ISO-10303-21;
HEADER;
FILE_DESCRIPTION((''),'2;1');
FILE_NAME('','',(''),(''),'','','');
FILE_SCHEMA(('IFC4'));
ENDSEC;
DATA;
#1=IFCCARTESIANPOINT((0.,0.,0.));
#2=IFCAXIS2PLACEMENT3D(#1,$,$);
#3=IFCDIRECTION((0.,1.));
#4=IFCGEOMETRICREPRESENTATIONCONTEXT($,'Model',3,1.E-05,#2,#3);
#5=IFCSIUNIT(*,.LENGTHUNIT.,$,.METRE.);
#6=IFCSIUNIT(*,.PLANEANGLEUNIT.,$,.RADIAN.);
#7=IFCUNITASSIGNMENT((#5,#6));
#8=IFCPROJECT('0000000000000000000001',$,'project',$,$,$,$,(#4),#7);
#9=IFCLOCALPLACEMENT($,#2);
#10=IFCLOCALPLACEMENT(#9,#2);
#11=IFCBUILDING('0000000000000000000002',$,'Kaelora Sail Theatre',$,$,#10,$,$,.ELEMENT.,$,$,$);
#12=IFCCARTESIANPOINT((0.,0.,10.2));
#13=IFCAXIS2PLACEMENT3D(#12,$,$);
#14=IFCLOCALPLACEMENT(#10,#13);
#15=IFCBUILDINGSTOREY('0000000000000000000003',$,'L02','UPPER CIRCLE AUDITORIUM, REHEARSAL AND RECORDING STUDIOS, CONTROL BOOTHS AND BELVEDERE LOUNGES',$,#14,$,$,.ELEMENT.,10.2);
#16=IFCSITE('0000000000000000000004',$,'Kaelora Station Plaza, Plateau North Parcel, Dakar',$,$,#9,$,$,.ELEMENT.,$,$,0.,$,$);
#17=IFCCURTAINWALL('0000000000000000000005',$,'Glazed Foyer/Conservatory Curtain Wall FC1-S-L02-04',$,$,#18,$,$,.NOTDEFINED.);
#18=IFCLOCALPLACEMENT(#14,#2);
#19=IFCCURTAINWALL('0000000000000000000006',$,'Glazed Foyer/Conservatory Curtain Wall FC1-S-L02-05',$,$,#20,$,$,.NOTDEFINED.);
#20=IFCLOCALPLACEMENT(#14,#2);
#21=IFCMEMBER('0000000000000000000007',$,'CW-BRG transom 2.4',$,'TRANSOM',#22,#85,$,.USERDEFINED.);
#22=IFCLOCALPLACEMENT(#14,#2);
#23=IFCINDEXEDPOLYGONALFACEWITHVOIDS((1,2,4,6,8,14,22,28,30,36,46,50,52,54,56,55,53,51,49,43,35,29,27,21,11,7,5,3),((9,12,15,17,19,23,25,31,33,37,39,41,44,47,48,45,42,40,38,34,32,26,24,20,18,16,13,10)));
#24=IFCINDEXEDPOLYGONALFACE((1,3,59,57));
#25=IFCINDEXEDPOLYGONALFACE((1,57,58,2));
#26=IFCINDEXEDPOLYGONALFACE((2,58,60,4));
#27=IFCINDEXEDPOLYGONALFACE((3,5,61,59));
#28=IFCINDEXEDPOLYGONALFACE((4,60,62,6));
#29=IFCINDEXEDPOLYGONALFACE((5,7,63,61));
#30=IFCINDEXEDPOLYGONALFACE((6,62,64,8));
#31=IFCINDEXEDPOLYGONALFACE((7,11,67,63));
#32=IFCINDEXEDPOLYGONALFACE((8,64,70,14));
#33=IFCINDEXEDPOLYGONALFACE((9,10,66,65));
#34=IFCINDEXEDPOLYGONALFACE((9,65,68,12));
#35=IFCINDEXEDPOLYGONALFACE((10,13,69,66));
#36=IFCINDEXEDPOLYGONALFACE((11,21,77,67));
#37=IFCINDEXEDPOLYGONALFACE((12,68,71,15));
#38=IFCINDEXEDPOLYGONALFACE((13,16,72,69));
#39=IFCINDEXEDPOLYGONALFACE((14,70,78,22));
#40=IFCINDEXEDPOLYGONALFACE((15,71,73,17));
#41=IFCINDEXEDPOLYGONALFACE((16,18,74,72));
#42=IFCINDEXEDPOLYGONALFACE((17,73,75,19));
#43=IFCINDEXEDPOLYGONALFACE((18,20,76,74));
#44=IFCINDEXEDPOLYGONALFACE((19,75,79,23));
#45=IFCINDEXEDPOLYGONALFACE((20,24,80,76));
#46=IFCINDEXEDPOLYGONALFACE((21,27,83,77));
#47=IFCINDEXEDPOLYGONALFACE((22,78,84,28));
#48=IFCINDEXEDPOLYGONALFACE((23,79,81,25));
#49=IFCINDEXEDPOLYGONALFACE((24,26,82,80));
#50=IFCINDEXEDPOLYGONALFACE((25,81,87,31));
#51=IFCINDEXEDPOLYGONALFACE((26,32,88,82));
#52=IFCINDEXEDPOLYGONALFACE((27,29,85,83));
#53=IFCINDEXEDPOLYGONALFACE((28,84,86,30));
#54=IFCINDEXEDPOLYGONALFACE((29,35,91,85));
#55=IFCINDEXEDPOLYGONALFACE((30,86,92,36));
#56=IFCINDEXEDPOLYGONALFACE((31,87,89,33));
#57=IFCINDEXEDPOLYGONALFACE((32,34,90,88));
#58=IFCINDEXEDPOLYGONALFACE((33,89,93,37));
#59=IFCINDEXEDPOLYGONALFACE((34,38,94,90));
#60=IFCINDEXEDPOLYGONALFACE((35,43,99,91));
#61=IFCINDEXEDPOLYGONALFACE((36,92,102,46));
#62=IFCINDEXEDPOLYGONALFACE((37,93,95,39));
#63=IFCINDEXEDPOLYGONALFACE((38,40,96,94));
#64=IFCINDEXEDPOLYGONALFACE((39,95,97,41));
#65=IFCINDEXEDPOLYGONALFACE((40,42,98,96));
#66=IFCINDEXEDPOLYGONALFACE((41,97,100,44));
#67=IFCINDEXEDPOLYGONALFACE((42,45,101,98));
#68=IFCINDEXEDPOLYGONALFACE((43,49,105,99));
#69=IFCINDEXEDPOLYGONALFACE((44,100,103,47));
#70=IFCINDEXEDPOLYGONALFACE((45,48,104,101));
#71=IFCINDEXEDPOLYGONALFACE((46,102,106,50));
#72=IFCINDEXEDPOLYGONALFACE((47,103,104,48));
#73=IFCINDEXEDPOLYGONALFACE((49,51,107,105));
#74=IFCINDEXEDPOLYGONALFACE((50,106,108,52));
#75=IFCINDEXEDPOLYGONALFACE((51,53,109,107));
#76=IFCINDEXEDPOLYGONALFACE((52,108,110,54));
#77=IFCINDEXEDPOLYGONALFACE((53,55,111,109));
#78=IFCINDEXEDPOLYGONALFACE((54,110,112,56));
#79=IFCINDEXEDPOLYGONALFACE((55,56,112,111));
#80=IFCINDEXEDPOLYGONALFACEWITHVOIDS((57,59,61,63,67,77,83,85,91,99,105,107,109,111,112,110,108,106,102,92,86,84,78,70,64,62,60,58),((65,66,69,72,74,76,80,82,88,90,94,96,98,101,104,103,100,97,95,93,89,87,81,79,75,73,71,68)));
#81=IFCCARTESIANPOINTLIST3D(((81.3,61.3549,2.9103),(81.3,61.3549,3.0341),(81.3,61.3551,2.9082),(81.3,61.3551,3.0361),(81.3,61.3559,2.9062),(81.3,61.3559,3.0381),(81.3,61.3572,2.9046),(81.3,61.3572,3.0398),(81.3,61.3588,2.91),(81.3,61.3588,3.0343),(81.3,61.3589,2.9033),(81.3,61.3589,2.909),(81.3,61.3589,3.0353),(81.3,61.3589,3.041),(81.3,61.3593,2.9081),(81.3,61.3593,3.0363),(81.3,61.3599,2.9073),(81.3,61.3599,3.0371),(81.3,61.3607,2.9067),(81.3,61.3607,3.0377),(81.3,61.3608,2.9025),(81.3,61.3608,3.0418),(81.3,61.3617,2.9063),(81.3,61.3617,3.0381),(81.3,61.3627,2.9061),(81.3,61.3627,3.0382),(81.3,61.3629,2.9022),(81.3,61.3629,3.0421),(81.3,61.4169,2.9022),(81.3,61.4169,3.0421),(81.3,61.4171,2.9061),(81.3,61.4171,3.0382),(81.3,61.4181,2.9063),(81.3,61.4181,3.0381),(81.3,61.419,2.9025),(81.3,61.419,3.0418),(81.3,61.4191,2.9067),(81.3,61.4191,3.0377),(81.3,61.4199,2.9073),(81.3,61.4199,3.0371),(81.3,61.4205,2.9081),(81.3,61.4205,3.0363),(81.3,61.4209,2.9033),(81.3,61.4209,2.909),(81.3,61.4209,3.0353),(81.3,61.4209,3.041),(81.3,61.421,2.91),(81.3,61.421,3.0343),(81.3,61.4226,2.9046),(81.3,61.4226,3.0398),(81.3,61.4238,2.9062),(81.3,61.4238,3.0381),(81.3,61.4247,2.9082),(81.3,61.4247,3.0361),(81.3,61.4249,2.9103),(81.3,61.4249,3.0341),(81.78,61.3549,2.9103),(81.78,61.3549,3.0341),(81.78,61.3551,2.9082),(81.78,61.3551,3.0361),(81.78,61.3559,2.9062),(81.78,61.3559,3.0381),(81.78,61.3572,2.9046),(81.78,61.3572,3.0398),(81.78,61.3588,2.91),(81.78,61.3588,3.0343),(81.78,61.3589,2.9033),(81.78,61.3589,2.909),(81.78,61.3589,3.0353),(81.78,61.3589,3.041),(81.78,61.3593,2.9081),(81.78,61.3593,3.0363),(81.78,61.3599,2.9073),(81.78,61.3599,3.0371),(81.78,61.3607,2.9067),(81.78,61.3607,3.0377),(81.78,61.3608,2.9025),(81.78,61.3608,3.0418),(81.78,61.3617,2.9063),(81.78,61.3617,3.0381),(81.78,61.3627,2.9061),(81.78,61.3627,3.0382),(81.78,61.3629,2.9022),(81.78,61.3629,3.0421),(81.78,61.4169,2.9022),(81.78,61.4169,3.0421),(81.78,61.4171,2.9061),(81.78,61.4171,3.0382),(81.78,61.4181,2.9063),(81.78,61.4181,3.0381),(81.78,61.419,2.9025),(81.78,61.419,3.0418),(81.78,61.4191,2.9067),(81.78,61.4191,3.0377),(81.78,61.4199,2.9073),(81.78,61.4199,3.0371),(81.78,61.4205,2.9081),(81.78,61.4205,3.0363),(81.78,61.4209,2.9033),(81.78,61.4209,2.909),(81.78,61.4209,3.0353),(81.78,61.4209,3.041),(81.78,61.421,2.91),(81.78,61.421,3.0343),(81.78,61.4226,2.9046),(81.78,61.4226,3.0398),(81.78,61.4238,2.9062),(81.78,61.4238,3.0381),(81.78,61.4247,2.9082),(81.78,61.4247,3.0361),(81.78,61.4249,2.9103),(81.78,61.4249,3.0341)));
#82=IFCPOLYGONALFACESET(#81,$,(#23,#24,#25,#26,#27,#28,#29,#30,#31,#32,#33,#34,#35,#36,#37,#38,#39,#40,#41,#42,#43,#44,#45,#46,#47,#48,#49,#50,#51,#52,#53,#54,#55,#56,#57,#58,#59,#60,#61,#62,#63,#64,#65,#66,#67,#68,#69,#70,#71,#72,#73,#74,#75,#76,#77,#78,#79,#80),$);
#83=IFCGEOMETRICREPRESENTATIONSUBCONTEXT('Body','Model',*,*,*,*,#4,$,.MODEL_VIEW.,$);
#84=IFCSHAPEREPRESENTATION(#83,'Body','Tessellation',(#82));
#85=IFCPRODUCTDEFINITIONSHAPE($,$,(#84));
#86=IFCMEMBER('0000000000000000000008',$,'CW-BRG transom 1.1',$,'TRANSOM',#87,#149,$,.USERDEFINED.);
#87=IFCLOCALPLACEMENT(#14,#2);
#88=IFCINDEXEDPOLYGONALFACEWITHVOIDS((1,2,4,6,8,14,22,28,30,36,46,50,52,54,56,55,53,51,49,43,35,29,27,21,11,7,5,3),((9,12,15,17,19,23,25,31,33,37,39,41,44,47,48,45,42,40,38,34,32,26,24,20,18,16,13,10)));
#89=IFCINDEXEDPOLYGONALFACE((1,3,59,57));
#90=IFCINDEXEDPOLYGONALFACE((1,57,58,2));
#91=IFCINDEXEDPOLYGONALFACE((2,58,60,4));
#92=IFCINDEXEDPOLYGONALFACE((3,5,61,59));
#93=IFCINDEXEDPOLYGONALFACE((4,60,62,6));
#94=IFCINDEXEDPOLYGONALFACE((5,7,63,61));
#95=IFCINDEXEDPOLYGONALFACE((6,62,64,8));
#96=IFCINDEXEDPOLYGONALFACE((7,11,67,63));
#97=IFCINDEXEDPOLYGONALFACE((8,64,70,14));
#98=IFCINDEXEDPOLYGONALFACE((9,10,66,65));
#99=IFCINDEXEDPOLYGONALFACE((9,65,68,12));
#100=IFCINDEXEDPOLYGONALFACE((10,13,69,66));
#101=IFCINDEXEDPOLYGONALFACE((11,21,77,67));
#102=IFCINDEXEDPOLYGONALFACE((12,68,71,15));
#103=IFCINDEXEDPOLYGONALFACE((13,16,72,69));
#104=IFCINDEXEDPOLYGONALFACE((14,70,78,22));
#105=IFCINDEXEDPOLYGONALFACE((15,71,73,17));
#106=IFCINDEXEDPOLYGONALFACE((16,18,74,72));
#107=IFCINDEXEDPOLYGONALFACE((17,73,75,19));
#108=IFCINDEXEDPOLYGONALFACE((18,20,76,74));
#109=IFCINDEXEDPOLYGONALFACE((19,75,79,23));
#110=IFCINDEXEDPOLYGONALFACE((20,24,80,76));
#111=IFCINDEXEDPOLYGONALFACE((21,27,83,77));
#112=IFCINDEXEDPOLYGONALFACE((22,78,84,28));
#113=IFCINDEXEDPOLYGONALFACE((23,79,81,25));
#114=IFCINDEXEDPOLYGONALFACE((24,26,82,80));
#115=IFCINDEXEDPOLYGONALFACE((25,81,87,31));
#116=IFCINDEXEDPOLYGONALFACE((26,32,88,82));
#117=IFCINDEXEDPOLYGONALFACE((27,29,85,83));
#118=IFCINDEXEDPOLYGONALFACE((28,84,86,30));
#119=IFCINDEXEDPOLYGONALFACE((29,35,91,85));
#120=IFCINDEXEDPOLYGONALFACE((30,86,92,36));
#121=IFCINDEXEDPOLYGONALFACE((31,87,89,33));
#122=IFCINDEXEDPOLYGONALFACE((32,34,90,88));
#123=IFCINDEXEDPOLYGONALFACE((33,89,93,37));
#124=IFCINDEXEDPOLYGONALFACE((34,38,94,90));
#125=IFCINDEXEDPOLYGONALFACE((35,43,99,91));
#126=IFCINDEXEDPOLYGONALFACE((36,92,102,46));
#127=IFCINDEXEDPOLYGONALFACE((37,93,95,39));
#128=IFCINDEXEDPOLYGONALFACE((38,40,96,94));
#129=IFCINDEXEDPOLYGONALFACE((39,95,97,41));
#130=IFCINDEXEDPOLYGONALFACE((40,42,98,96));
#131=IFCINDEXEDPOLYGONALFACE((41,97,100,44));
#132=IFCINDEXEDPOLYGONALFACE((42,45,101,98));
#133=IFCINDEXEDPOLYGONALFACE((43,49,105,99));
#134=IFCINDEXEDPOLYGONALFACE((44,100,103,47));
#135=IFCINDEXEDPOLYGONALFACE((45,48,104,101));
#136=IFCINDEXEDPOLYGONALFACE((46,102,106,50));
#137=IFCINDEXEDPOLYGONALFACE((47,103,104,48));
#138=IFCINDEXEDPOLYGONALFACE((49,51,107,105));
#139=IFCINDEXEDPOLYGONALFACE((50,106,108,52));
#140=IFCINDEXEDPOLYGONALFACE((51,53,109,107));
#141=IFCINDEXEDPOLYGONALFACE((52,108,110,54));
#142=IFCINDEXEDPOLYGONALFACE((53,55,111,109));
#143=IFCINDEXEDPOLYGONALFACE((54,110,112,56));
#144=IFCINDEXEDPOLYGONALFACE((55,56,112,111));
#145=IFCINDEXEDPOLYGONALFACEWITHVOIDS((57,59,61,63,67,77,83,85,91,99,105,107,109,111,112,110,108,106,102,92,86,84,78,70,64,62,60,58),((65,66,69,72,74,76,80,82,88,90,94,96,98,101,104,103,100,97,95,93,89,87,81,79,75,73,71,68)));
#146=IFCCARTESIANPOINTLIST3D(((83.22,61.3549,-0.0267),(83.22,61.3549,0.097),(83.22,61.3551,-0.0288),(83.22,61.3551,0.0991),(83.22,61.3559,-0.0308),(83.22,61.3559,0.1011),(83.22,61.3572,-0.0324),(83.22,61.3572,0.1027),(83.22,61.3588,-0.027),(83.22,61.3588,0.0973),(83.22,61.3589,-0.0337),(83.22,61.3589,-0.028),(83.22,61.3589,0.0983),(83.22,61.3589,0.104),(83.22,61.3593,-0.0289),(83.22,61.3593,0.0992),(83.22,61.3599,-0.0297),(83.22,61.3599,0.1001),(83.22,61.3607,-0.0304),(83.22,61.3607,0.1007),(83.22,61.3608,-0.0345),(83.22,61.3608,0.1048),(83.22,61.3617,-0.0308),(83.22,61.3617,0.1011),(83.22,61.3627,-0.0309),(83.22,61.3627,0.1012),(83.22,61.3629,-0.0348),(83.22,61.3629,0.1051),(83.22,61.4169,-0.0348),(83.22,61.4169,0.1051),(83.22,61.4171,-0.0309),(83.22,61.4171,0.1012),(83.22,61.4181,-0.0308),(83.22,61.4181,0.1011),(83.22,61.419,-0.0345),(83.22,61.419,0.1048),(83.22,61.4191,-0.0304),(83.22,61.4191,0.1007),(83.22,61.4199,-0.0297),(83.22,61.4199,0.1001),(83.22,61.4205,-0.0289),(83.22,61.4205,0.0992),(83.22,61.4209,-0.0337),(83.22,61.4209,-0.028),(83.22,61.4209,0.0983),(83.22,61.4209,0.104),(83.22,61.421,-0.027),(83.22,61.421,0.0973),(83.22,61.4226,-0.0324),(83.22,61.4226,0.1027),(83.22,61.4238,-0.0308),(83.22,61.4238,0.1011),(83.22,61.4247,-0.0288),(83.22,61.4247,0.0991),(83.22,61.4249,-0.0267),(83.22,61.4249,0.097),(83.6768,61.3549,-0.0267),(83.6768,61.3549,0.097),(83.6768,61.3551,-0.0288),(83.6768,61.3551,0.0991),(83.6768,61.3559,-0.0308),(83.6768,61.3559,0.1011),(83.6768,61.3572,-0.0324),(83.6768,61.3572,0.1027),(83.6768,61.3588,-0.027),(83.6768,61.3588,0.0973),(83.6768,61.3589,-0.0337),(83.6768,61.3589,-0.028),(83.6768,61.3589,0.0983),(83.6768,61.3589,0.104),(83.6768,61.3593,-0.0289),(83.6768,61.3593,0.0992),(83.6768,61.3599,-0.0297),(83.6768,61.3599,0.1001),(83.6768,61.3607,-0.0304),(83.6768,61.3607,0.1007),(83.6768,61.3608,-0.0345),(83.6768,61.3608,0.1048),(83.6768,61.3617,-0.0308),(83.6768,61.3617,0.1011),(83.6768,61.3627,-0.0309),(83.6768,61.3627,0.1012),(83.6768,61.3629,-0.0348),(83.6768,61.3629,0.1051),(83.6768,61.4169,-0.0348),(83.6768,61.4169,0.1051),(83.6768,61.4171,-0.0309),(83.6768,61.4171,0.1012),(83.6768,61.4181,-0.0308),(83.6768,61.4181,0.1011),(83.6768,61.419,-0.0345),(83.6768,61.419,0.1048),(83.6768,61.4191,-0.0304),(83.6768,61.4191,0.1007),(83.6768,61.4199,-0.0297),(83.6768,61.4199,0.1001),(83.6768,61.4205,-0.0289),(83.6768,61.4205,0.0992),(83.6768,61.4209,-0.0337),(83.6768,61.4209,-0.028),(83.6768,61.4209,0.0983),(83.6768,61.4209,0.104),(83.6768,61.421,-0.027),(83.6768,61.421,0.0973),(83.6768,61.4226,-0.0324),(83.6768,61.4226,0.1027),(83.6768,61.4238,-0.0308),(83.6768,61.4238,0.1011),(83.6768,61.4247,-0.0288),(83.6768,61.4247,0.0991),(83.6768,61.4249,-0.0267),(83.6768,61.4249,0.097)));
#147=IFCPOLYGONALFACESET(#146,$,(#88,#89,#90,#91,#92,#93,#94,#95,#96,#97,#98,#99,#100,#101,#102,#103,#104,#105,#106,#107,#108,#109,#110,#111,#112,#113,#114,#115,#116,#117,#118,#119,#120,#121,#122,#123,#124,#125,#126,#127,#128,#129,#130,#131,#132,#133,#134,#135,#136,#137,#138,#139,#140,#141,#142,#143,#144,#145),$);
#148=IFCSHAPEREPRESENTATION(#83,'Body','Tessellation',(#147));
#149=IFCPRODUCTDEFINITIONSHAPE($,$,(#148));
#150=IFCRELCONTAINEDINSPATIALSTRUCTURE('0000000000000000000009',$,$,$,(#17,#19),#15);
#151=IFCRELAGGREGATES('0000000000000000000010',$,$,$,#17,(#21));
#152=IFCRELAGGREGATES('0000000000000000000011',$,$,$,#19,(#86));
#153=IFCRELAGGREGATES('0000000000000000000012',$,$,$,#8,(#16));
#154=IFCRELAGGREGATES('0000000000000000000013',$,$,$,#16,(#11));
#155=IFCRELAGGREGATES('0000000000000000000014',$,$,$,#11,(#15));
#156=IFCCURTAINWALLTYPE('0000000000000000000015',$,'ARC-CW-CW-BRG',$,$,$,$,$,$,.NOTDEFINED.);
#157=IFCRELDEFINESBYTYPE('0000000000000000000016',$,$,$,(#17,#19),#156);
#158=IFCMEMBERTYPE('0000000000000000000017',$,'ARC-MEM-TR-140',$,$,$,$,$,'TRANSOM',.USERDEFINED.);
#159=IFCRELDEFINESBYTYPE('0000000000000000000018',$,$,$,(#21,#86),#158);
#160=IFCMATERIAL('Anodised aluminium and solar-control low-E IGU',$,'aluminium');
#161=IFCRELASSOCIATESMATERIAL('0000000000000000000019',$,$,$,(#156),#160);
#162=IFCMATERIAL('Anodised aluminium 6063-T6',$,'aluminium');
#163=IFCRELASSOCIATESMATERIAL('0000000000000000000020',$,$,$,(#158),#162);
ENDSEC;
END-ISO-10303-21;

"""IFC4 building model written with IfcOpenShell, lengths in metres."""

from ifc_helpers import new_model, si_unit, direction, frame, origin, origin_2d, place, context, subcontext, project, spatial, hollow_rectangle, extrude, material, material_profile, profile_set, type_object, element, aggregate, save


model = new_model("IFC4")

# Units and contexts
model_context = context("Model", 3, precision=1e-05, world=origin(), true_north=direction((0.0, 1.0)))
body_context = subcontext(model_context, "Body", "Model", "MODEL_VIEW")
ifc_project = project(units=[si_unit("LENGTHUNIT", "METRE"), si_unit("PLANEANGLEUNIT", "RADIAN")], contexts=[model_context])

# Site, building, storey
site_placement = place(None, origin())
site = spatial("IfcSite", under=ifc_project, at=site_placement, Name="Kaelora Station Plaza, Plateau North Parcel, Dakar", CompositionType="ELEMENT", RefElevation=0.0)
building_placement = place(site_placement, origin())
building = spatial("IfcBuilding", under=site, at=building_placement, Name="Kaelora Sail Theatre", CompositionType="ELEMENT")
storey_placement = place(building_placement, frame((0.0, 0.0, 10.2)))
storey = spatial("IfcBuildingStorey", under=building, at=storey_placement, Name="L02", Description="UPPER CIRCLE AUDITORIUM, REHEARSAL AND RECORDING STUDIOS, CONTROL BOOTHS AND BELVEDERE LOUNGES", CompositionType="ELEMENT", Elevation=10.2)

# Shared definitions
ifc_material_1 = material(Name="Anodised aluminium and solar-control low-E IGU", Category="aluminium")
curtain_wall_type = type_object("IfcCurtainWallType", Name="ARC-CW-CW-BRG", PredefinedType="NOTDEFINED", material=ifc_material_1)

# Curtain wall
curtain_wall_1_placement = place(storey_placement, origin())
curtain_wall_1 = element("IfcCurtainWall", 1, at=curtain_wall_1_placement, inside=storey, type_object=curtain_wall_type, Name="Glazed Foyer/Conservatory Curtain Wall FC1-S-L02-04", PredefinedType="NOTDEFINED")

# Curtain wall
curtain_wall_2_placement = place(storey_placement, origin())
curtain_wall_2 = element("IfcCurtainWall", 2, at=curtain_wall_2_placement, inside=storey, type_object=curtain_wall_type, Name="Glazed Foyer/Conservatory Curtain Wall FC1-S-L02-05", PredefinedType="NOTDEFINED")

# Members
ifc_material_2 = material(Name="Anodised aluminium 6063-T6", Category="aluminium")
ifc_material_profile_1 = material_profile(ifc_material_2, hollow_rectangle(XDim=0.0701, YDim=0.1399, WallThickness=0.0039, InnerFilletRadius=0.0039, OuterFilletRadius=0.0081, at=origin_2d()), Name="ALU-TRAN 70x140x4")
ifc_profile_set_1 = profile_set([ifc_material_profile_1], Name="Anodised aluminium 6063-T6")
member_type_1 = type_object("IfcMemberType", Name="ARC-MEM-TR-140", ElementType="TRANSOM", PredefinedType="USERDEFINED", material=ifc_profile_set_1)
member_1_placement = place(storey_placement, frame((81.3, 61.3899, 2.9722), z_axis=(1.0, 0.0, 0.0), x_axis=(0.0, 1.0, 0.0)))
member_1 = element("IfcMember", 3, at=member_1_placement, type_object=member_type_1, Name="CW-BRG transom 2.4", ObjectType="TRANSOM", PredefinedType="USERDEFINED", context=body_context, shape_type="SweptSolid", body=[
    extrude(hollow_rectangle(XDim=0.0701, YDim=0.1399, WallThickness=0.0039, InnerFilletRadius=0.0039, OuterFilletRadius=0.0081, at=origin_2d()), origin(), (0.0, 0.0, 1.0), 0.48),
])
member_2_placement = place(storey_placement, frame((83.22, 61.3899, 0.0352), z_axis=(1.0, 0.0, 0.0), x_axis=(0.0, 1.0, 0.0)))
member_2 = element("IfcMember", 4, at=member_2_placement, type_object=member_type_1, Name="CW-BRG transom 1.1", ObjectType="TRANSOM", PredefinedType="USERDEFINED", context=body_context, shape_type="SweptSolid", body=[
    extrude(hollow_rectangle(XDim=0.0701, YDim=0.1399, WallThickness=0.0039, InnerFilletRadius=0.0039, OuterFilletRadius=0.0081, at=origin_2d()), origin(), (0.0, 0.0, 1.0), 0.4568),
])

aggregate(curtain_wall_1, [member_1])
aggregate(curtain_wall_2, [member_2])

save(model, "model.ifc")
